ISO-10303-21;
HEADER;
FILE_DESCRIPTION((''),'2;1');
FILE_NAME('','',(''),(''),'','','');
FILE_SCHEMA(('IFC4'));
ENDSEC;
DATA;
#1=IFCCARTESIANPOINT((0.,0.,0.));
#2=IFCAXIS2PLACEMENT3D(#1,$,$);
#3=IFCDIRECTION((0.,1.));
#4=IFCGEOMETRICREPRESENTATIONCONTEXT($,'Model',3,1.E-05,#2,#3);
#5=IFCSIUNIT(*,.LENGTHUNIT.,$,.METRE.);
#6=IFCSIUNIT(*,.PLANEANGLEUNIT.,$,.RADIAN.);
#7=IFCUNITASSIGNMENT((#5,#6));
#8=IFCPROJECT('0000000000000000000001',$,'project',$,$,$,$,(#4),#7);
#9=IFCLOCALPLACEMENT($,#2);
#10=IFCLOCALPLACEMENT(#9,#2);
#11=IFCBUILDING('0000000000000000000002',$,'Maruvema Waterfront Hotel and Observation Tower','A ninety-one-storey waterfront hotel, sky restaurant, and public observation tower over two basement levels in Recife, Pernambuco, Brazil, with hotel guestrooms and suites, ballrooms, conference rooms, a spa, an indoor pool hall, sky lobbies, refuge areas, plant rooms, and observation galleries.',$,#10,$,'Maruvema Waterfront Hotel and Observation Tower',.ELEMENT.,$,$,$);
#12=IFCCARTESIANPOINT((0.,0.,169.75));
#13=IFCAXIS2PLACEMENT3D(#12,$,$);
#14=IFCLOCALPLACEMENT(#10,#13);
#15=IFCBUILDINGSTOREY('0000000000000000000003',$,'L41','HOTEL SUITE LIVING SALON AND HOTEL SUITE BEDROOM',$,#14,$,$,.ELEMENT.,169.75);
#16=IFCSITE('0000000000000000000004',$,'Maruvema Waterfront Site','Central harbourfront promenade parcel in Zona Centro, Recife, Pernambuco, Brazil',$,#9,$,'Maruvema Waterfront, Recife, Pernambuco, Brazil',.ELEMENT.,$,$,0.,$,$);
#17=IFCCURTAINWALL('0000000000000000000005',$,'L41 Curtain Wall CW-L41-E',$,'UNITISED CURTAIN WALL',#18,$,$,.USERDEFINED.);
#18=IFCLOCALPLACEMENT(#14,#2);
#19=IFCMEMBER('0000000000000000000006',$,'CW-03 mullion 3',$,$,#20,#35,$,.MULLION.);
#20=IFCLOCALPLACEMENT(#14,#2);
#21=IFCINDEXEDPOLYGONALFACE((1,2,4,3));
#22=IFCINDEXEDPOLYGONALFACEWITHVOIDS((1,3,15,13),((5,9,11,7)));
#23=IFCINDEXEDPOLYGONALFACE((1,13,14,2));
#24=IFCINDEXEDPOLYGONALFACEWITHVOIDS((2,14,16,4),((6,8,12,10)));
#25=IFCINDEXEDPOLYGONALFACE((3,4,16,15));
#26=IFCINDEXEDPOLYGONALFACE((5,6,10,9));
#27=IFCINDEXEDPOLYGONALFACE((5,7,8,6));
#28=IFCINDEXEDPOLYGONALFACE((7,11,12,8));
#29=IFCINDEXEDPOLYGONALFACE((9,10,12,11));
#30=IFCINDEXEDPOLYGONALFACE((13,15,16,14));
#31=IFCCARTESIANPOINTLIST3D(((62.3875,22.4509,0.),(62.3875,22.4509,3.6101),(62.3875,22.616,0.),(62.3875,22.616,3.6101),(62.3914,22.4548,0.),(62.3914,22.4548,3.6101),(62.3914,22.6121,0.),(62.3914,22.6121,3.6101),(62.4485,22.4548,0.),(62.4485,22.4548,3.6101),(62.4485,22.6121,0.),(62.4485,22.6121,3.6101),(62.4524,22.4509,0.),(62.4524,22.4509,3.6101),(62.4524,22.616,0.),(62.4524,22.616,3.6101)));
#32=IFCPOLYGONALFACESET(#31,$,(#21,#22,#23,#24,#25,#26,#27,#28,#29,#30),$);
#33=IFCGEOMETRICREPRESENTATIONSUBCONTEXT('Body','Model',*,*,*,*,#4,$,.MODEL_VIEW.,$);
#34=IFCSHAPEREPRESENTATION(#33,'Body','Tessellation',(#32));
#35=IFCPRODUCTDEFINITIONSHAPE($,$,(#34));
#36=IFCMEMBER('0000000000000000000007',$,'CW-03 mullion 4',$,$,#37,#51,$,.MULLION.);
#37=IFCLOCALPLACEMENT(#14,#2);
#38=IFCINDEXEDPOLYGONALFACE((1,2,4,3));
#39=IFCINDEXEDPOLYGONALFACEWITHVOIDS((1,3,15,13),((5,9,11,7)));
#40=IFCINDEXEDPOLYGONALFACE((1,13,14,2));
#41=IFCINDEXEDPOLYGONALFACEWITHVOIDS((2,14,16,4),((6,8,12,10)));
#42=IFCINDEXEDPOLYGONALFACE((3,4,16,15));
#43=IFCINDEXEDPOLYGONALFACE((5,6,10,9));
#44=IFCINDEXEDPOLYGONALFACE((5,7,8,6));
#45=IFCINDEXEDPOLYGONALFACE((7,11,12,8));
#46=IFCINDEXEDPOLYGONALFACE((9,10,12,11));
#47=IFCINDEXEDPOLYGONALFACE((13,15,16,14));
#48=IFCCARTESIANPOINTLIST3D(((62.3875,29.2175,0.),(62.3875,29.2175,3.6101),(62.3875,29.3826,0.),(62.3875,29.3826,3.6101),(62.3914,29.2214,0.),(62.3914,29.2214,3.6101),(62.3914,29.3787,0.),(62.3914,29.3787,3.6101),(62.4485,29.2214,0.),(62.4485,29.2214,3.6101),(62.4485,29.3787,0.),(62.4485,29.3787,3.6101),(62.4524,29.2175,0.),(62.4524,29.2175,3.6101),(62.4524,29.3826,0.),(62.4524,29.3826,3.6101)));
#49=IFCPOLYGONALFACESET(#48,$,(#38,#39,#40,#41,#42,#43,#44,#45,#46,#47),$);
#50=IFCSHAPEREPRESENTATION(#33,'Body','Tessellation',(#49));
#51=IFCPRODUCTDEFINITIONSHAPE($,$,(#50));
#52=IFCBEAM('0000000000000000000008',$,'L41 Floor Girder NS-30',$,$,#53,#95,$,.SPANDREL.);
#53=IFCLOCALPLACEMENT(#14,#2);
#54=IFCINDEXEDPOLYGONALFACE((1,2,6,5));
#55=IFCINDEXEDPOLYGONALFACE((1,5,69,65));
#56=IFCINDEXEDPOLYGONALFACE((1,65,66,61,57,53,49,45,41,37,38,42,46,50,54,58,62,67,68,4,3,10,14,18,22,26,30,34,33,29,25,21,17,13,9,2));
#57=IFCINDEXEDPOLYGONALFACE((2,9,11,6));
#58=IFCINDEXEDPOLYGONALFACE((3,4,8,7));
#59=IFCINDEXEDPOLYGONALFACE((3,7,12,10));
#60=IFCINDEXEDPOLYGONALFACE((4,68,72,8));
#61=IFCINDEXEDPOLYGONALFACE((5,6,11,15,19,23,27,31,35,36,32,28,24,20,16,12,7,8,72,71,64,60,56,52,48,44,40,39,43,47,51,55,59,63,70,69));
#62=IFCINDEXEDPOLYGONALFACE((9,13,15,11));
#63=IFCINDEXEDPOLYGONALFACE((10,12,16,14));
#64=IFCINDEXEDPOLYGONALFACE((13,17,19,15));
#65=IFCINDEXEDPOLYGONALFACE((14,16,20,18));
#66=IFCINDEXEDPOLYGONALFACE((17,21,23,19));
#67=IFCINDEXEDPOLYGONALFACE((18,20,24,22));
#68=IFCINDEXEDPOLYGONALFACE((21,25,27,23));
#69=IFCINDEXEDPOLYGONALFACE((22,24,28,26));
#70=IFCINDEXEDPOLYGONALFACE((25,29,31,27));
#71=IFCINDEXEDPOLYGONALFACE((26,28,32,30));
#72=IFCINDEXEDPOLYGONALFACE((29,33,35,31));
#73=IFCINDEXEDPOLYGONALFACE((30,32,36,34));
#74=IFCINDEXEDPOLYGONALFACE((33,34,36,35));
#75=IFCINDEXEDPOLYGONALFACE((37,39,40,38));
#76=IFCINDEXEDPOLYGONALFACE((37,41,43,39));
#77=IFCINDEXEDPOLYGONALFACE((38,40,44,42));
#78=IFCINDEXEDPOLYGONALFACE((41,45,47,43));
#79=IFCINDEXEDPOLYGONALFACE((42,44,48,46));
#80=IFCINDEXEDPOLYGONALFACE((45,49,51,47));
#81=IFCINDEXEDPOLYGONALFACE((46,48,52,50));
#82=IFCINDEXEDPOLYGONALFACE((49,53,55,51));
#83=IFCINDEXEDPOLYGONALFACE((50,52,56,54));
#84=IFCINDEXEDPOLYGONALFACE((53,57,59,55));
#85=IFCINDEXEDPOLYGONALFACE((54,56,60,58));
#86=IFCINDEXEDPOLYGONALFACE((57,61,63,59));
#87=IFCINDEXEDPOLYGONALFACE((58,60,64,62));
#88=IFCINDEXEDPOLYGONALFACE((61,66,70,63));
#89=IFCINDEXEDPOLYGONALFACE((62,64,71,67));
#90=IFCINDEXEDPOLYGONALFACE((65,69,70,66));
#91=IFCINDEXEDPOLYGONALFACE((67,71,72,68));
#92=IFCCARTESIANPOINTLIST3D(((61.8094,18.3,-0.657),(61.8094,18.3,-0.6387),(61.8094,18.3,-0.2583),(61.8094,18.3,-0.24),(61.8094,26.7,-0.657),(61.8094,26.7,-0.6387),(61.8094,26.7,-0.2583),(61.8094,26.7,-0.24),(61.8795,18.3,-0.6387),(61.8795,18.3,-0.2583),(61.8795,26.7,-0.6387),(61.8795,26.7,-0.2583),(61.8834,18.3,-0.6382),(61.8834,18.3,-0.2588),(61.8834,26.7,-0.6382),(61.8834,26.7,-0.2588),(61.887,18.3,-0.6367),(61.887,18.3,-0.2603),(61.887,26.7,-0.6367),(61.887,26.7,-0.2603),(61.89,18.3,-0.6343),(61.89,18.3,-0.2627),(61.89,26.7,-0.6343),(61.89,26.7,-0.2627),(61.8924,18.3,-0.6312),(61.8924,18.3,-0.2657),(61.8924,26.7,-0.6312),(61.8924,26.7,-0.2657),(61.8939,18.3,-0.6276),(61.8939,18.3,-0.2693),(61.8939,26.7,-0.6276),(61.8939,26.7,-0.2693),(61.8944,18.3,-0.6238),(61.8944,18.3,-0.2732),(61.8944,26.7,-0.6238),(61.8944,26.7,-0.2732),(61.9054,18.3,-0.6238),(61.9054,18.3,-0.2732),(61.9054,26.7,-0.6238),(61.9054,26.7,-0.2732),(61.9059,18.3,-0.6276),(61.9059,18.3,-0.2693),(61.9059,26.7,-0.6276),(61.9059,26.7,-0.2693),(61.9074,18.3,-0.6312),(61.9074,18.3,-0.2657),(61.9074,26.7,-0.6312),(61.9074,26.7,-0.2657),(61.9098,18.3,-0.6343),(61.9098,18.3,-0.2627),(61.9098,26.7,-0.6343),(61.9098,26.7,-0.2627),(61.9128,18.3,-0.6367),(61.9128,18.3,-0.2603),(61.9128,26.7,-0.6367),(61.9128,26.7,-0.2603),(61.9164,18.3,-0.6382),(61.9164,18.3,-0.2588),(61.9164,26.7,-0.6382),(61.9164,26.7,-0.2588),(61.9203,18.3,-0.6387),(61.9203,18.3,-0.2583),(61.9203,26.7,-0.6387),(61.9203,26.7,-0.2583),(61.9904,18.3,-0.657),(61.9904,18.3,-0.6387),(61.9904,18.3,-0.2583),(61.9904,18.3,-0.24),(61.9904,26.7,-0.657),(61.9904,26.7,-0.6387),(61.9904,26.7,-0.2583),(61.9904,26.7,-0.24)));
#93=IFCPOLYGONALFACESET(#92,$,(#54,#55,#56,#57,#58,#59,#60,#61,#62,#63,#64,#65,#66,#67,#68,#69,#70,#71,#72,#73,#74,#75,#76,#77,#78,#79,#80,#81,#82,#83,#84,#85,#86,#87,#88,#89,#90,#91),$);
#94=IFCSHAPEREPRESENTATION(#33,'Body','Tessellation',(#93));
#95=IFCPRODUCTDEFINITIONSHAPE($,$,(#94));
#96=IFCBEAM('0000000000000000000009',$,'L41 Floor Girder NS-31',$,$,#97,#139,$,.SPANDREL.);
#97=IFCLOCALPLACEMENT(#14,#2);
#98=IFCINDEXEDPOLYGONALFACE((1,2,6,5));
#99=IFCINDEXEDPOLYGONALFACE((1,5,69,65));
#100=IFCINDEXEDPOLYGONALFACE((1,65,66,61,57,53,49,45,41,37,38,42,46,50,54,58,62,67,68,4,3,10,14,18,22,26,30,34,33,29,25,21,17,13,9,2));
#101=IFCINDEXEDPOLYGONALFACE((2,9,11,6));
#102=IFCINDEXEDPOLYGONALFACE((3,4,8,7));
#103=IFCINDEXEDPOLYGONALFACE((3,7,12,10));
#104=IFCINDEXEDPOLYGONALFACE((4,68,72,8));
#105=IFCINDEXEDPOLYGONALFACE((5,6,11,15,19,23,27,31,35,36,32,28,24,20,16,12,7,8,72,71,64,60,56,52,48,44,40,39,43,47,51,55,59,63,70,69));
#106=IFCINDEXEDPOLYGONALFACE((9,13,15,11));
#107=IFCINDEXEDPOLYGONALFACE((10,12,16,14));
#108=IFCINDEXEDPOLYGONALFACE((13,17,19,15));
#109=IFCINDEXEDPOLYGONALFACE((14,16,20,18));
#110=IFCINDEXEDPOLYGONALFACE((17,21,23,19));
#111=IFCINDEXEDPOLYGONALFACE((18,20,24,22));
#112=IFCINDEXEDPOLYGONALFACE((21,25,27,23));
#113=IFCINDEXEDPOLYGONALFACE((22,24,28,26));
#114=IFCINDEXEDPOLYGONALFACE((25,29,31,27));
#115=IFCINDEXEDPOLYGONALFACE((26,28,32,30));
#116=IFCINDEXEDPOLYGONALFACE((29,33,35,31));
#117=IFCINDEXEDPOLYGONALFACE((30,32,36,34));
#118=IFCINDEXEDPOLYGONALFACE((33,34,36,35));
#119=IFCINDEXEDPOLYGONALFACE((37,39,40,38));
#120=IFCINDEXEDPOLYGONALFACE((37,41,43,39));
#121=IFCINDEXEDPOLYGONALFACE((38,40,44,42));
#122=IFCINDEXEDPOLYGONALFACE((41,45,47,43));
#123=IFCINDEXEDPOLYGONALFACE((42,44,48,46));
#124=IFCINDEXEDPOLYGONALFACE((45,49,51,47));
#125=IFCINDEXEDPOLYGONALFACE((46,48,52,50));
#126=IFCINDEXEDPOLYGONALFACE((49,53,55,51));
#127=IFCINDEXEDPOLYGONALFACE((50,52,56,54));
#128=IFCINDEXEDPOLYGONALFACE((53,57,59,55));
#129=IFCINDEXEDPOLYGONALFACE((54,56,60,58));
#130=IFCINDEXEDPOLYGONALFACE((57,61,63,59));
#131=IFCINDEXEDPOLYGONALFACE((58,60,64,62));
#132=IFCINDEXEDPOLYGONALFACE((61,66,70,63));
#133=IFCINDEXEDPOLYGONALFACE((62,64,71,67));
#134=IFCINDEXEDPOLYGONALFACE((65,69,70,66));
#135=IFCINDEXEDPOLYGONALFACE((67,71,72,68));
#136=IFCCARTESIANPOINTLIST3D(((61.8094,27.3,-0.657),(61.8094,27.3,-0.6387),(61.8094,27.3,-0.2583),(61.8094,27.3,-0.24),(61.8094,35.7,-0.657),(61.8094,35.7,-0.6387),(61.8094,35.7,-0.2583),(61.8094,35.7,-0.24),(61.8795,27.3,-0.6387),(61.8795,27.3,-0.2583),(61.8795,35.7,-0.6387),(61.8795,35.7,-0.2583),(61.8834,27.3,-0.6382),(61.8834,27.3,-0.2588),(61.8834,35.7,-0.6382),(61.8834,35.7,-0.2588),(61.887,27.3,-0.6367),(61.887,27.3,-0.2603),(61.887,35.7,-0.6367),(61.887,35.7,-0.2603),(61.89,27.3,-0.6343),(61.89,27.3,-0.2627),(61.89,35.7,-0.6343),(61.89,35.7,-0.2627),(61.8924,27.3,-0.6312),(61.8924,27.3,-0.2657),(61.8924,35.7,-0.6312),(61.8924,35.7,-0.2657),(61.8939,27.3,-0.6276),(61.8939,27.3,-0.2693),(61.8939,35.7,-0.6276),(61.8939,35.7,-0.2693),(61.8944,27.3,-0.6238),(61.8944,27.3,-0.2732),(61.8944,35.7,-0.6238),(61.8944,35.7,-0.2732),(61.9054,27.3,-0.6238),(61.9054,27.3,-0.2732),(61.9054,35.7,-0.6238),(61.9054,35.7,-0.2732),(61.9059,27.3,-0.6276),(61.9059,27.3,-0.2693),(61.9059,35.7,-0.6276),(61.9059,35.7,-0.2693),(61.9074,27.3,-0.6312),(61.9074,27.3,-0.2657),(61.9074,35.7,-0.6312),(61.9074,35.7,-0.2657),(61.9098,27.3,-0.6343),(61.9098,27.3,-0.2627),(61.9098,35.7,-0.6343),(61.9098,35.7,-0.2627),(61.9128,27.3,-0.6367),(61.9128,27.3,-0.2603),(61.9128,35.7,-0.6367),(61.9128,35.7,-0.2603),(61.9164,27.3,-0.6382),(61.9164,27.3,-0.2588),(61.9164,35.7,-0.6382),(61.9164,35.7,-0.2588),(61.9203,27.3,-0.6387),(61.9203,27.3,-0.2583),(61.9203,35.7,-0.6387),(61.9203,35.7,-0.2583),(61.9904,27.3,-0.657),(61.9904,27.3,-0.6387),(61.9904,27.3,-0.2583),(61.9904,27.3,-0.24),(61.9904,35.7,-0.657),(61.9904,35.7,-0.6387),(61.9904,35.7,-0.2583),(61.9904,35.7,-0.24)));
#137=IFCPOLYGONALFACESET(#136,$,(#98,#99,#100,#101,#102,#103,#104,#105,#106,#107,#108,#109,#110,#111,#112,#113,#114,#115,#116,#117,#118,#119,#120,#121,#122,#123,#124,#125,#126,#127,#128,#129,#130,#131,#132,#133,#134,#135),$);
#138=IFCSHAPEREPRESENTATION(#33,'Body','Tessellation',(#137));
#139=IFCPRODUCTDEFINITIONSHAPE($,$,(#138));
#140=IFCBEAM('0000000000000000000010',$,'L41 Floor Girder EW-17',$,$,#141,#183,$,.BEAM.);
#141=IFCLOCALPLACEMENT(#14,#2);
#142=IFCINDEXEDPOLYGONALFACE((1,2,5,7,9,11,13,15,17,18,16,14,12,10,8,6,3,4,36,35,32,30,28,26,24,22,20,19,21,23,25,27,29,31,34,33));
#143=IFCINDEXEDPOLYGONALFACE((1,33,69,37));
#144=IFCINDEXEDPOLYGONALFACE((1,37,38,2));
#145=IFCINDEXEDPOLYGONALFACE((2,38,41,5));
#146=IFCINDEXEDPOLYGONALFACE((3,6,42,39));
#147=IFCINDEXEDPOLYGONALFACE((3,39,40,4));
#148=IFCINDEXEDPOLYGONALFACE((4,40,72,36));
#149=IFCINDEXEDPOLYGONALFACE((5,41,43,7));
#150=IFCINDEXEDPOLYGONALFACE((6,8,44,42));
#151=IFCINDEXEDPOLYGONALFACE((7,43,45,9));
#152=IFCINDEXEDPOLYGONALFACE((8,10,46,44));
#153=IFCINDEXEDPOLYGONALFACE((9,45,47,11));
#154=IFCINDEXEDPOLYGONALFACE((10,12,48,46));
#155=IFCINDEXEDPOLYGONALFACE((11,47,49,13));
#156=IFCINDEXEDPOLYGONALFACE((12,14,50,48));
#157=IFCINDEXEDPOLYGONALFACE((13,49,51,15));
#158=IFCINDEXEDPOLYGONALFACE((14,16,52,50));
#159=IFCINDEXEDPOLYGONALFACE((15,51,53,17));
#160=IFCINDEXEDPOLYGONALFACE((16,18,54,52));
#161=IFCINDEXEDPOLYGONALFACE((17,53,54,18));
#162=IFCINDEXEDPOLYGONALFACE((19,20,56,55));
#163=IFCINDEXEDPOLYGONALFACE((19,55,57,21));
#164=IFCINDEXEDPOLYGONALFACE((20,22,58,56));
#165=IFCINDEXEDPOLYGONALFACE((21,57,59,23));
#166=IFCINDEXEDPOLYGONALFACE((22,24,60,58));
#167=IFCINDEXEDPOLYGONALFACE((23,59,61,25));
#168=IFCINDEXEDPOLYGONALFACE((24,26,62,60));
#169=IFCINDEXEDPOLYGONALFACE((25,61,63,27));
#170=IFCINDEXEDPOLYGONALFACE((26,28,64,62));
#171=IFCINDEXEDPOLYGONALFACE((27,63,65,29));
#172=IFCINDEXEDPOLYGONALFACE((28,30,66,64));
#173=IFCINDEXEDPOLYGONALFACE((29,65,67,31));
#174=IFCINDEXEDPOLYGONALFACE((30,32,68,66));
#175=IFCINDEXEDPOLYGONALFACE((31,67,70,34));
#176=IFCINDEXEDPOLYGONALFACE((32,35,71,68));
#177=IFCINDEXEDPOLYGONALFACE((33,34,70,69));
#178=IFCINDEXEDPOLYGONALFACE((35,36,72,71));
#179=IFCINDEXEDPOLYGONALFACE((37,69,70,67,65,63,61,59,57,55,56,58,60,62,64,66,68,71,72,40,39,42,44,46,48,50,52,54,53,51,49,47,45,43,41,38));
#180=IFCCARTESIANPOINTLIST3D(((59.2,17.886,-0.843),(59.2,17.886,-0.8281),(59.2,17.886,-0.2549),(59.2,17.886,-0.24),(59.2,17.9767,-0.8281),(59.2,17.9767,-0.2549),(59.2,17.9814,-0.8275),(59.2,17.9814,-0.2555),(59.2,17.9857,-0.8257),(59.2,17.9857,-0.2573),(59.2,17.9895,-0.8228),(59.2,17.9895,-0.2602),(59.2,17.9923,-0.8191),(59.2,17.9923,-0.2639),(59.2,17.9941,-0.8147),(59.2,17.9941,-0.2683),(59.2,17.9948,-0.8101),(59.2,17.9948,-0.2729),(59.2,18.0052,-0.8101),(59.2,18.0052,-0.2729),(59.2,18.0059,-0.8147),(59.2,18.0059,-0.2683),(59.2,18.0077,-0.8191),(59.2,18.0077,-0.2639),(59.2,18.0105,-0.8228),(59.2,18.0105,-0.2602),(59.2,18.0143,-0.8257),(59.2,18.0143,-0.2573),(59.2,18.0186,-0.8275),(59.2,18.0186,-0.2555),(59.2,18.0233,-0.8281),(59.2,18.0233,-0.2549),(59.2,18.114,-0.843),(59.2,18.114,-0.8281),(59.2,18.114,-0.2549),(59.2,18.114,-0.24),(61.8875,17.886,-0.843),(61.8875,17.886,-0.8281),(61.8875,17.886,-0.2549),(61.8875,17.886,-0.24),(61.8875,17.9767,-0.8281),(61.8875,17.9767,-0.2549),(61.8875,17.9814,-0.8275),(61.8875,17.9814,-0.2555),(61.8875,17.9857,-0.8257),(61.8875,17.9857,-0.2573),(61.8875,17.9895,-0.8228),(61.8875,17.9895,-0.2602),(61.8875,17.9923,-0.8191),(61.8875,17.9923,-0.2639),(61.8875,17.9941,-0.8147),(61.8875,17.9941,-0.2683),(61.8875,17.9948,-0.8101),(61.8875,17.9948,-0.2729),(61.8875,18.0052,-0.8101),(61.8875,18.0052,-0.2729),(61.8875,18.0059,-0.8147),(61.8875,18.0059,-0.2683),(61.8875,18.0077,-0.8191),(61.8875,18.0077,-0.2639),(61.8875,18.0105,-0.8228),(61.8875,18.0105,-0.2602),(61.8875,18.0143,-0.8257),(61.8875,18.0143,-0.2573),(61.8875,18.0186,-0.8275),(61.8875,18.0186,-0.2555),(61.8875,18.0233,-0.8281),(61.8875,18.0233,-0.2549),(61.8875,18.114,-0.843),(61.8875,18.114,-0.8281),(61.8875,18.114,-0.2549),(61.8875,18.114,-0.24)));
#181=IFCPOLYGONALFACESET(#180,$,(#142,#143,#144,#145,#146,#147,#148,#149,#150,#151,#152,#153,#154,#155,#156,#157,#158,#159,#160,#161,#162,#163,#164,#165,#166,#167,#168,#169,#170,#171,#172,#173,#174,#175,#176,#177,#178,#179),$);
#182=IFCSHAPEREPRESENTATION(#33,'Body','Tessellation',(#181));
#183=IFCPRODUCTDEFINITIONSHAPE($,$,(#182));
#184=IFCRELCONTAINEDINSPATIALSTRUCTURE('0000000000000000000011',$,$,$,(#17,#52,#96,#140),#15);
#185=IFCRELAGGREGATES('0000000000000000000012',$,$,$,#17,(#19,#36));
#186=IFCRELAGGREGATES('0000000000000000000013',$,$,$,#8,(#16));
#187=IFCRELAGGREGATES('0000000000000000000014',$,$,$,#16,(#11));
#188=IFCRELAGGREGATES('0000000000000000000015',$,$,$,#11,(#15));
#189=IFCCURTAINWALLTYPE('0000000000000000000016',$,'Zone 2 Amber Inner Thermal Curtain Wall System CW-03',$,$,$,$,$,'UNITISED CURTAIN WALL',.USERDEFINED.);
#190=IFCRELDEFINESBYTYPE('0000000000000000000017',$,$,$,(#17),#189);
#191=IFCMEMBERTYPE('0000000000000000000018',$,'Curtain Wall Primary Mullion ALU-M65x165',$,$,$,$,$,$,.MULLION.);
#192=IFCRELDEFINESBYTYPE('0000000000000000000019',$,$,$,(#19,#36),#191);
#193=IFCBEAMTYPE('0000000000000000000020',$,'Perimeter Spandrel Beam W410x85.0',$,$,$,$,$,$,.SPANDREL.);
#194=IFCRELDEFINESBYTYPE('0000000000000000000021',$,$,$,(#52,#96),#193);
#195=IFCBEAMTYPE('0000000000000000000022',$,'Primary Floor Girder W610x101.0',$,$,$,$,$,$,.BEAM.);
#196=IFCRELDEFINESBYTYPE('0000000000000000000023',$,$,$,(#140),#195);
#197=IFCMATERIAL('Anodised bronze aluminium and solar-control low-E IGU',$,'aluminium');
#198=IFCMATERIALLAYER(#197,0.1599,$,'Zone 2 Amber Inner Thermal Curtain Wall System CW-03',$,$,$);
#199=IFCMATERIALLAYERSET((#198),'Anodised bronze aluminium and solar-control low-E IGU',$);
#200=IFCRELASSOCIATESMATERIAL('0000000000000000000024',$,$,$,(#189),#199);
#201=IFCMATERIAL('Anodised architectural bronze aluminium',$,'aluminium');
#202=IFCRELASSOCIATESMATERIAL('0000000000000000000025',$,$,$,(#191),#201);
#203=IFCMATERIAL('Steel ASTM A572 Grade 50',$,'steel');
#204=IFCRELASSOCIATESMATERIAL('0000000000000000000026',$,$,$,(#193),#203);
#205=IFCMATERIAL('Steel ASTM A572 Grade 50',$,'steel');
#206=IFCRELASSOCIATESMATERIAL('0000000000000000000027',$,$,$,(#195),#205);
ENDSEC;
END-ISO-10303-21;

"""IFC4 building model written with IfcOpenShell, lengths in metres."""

from ifc_helpers import new_model, si_unit, direction, frame, origin, origin_2d, place, context, subcontext, project, spatial, hollow_rectangle, i_section, extrude, material, layer, layer_set, material_profile, profile_set, type_object, element, aggregate, save


model = new_model("IFC4")

# Units and contexts
model_context = context("Model", 3, precision=1e-05, world=origin(), true_north=direction((0.0, 1.0)))
body_context = subcontext(model_context, "Body", "Model", "MODEL_VIEW")
ifc_project = project(units=[si_unit("LENGTHUNIT", "METRE"), si_unit("PLANEANGLEUNIT", "RADIAN")], contexts=[model_context])

# Site, building, storey
site_placement = place(None, origin())
site = spatial("IfcSite", under=ifc_project, at=site_placement, Name="Maruvema Waterfront Site", Description="Central harbourfront promenade parcel in Zona Centro, Recife, Pernambuco, Brazil", LongName="Maruvema Waterfront, Recife, Pernambuco, Brazil", CompositionType="ELEMENT", RefElevation=0.0)
building_placement = place(site_placement, origin())
building = spatial("IfcBuilding", under=site, at=building_placement, Name="Maruvema Waterfront Hotel and Observation Tower", Description="A ninety-one-storey waterfront hotel, sky restaurant, and public observation tower over two basement levels in Recife, Pernambuco, Brazil, with hotel guestrooms and suites, ballrooms, conference rooms, a spa, an indoor pool hall, sky lobbies, refuge areas, plant rooms, and observation galleries.", LongName="Maruvema Waterfront Hotel and Observation Tower", CompositionType="ELEMENT")
storey_placement = place(building_placement, frame((0.0, 0.0, 169.75)))
storey = spatial("IfcBuildingStorey", under=building, at=storey_placement, Name="L41", Description="HOTEL SUITE LIVING SALON AND HOTEL SUITE BEDROOM", CompositionType="ELEMENT", Elevation=169.75)

# Curtain wall, members
ifc_material_1 = material(Name="Anodised bronze aluminium and solar-control low-E IGU", Category="aluminium")
ifc_layer_1 = layer(ifc_material_1, 0.1599, Name="Zone 2 Amber Inner Thermal Curtain Wall System CW-03")
ifc_layer_set_1 = layer_set([ifc_layer_1], Name="Anodised bronze aluminium and solar-control low-E IGU")
curtain_wall_type = type_object("IfcCurtainWallType", Name="Zone 2 Amber Inner Thermal Curtain Wall System CW-03", ElementType="UNITISED CURTAIN WALL", PredefinedType="USERDEFINED", material=ifc_layer_set_1)
curtain_wall_placement = place(storey_placement, origin())
curtain_wall = element("IfcCurtainWall", 1, at=curtain_wall_placement, inside=storey, type_object=curtain_wall_type, Name="L41 Curtain Wall CW-L41-E", ObjectType="UNITISED CURTAIN WALL", PredefinedType="USERDEFINED")
ifc_material_2 = material(Name="Anodised architectural bronze aluminium", Category="aluminium")
ifc_material_profile_1 = material_profile(ifc_material_2, hollow_rectangle(XDim=0.0649, YDim=0.165, WallThickness=0.0039, at=origin_2d()), Name="ALU-M65x165")
ifc_profile_set_1 = profile_set([ifc_material_profile_1], Name="Anodised architectural bronze aluminium")
member_type_1 = type_object("IfcMemberType", Name="Curtain Wall Primary Mullion ALU-M65x165", PredefinedType="MULLION", material=ifc_profile_set_1)
member_1_placement = place(storey_placement, frame((62.4199, 22.5334, 0.0), z_axis=(0.0, 0.0, 1.0), x_axis=(-1.0, 0.0, 0.0)))
member_1 = element("IfcMember", 2, at=member_1_placement, type_object=member_type_1, Name="CW-03 mullion 3", PredefinedType="MULLION", context=body_context, shape_type="SweptSolid", body=[
    extrude(hollow_rectangle(XDim=0.0649, YDim=0.165, WallThickness=0.0039, at=origin_2d()), origin(), (0.0, 0.0, 1.0), 3.6101),
])
member_2_placement = place(storey_placement, frame((62.4199, 29.3, 0.0), z_axis=(0.0, 0.0, 1.0), x_axis=(-1.0, 0.0, 0.0)))
member_2 = element("IfcMember", 3, at=member_2_placement, type_object=member_type_1, Name="CW-03 mullion 4", PredefinedType="MULLION", context=body_context, shape_type="SweptSolid", body=[
    extrude(hollow_rectangle(XDim=0.0649, YDim=0.165, WallThickness=0.0039, at=origin_2d()), origin(), (0.0, 0.0, 1.0), 3.6101),
])

# Beams
ifc_material_3 = material(Name="Steel ASTM A572 Grade 50", Category="steel")
ifc_material_profile_2 = material_profile(ifc_material_3, i_section(OverallWidth=0.1809, OverallDepth=0.417, WebThickness=0.011, FlangeThickness=0.0183, FilletRadius=0.0149, at=origin_2d()), Name="W410x85.0")
ifc_profile_set_2 = profile_set([ifc_material_profile_2], Name="Steel ASTM A572 Grade 50")
beam_type_1 = type_object("IfcBeamType", Name="Perimeter Spandrel Beam W410x85.0", PredefinedType="SPANDREL", material=ifc_profile_set_2)
for number, where, z_axis, x_axis, name in (
    (4, (61.8999, 18.3, -0.4485), (0.0, 1.0, 0.0), (-1.0, 0.0, 0.0), "L41 Floor Girder NS-30"),
    (5, (61.8999, 27.3, -0.4485), (0.0, 1.0, 0.0), (-1.0, 0.0, 0.0), "L41 Floor Girder NS-31"),
):
    element("IfcBeam", number, at=place(storey_placement, frame(where, z_axis=z_axis, x_axis=x_axis)), inside=storey, type_object=beam_type_1, Name=name, PredefinedType="SPANDREL", context=body_context, shape_type="SweptSolid", body=[
        extrude(i_section(OverallWidth=0.1809, OverallDepth=0.417, WebThickness=0.011, FlangeThickness=0.0183, FilletRadius=0.0149, at=origin_2d()), origin(), (0.0, 0.0, 1.0), 8.3999),
    ])
ifc_material_4 = material(Name="Steel ASTM A572 Grade 50", Category="steel")
ifc_material_profile_3 = material_profile(ifc_material_4, i_section(OverallWidth=0.228, OverallDepth=0.603, WebThickness=0.0105, FlangeThickness=0.0149, FilletRadius=0.0181, at=origin_2d()), Name="W610x101.0")
ifc_profile_set_3 = profile_set([ifc_material_profile_3], Name="Steel ASTM A572 Grade 50")
beam_type_2 = type_object("IfcBeamType", Name="Primary Floor Girder W610x101.0", PredefinedType="BEAM", material=ifc_profile_set_3)
for number, where, z_axis, x_axis, name in (
    (6, (59.2, 18.0, -0.5415), (1.0, 0.0, 0.0), (0.0, 1.0, 0.0), "L41 Floor Girder EW-17"),
):
    element("IfcBeam", number, at=place(storey_placement, frame(where, z_axis=z_axis, x_axis=x_axis)), inside=storey, type_object=beam_type_2, Name=name, PredefinedType="BEAM", context=body_context, shape_type="SweptSolid", body=[
        extrude(i_section(OverallWidth=0.228, OverallDepth=0.603, WebThickness=0.0105, FlangeThickness=0.0149, FilletRadius=0.0181, at=origin_2d()), origin(), (0.0, 0.0, 1.0), 2.6875),
    ])

aggregate(curtain_wall, [member_1, member_2])

save(model, "model.ifc")
